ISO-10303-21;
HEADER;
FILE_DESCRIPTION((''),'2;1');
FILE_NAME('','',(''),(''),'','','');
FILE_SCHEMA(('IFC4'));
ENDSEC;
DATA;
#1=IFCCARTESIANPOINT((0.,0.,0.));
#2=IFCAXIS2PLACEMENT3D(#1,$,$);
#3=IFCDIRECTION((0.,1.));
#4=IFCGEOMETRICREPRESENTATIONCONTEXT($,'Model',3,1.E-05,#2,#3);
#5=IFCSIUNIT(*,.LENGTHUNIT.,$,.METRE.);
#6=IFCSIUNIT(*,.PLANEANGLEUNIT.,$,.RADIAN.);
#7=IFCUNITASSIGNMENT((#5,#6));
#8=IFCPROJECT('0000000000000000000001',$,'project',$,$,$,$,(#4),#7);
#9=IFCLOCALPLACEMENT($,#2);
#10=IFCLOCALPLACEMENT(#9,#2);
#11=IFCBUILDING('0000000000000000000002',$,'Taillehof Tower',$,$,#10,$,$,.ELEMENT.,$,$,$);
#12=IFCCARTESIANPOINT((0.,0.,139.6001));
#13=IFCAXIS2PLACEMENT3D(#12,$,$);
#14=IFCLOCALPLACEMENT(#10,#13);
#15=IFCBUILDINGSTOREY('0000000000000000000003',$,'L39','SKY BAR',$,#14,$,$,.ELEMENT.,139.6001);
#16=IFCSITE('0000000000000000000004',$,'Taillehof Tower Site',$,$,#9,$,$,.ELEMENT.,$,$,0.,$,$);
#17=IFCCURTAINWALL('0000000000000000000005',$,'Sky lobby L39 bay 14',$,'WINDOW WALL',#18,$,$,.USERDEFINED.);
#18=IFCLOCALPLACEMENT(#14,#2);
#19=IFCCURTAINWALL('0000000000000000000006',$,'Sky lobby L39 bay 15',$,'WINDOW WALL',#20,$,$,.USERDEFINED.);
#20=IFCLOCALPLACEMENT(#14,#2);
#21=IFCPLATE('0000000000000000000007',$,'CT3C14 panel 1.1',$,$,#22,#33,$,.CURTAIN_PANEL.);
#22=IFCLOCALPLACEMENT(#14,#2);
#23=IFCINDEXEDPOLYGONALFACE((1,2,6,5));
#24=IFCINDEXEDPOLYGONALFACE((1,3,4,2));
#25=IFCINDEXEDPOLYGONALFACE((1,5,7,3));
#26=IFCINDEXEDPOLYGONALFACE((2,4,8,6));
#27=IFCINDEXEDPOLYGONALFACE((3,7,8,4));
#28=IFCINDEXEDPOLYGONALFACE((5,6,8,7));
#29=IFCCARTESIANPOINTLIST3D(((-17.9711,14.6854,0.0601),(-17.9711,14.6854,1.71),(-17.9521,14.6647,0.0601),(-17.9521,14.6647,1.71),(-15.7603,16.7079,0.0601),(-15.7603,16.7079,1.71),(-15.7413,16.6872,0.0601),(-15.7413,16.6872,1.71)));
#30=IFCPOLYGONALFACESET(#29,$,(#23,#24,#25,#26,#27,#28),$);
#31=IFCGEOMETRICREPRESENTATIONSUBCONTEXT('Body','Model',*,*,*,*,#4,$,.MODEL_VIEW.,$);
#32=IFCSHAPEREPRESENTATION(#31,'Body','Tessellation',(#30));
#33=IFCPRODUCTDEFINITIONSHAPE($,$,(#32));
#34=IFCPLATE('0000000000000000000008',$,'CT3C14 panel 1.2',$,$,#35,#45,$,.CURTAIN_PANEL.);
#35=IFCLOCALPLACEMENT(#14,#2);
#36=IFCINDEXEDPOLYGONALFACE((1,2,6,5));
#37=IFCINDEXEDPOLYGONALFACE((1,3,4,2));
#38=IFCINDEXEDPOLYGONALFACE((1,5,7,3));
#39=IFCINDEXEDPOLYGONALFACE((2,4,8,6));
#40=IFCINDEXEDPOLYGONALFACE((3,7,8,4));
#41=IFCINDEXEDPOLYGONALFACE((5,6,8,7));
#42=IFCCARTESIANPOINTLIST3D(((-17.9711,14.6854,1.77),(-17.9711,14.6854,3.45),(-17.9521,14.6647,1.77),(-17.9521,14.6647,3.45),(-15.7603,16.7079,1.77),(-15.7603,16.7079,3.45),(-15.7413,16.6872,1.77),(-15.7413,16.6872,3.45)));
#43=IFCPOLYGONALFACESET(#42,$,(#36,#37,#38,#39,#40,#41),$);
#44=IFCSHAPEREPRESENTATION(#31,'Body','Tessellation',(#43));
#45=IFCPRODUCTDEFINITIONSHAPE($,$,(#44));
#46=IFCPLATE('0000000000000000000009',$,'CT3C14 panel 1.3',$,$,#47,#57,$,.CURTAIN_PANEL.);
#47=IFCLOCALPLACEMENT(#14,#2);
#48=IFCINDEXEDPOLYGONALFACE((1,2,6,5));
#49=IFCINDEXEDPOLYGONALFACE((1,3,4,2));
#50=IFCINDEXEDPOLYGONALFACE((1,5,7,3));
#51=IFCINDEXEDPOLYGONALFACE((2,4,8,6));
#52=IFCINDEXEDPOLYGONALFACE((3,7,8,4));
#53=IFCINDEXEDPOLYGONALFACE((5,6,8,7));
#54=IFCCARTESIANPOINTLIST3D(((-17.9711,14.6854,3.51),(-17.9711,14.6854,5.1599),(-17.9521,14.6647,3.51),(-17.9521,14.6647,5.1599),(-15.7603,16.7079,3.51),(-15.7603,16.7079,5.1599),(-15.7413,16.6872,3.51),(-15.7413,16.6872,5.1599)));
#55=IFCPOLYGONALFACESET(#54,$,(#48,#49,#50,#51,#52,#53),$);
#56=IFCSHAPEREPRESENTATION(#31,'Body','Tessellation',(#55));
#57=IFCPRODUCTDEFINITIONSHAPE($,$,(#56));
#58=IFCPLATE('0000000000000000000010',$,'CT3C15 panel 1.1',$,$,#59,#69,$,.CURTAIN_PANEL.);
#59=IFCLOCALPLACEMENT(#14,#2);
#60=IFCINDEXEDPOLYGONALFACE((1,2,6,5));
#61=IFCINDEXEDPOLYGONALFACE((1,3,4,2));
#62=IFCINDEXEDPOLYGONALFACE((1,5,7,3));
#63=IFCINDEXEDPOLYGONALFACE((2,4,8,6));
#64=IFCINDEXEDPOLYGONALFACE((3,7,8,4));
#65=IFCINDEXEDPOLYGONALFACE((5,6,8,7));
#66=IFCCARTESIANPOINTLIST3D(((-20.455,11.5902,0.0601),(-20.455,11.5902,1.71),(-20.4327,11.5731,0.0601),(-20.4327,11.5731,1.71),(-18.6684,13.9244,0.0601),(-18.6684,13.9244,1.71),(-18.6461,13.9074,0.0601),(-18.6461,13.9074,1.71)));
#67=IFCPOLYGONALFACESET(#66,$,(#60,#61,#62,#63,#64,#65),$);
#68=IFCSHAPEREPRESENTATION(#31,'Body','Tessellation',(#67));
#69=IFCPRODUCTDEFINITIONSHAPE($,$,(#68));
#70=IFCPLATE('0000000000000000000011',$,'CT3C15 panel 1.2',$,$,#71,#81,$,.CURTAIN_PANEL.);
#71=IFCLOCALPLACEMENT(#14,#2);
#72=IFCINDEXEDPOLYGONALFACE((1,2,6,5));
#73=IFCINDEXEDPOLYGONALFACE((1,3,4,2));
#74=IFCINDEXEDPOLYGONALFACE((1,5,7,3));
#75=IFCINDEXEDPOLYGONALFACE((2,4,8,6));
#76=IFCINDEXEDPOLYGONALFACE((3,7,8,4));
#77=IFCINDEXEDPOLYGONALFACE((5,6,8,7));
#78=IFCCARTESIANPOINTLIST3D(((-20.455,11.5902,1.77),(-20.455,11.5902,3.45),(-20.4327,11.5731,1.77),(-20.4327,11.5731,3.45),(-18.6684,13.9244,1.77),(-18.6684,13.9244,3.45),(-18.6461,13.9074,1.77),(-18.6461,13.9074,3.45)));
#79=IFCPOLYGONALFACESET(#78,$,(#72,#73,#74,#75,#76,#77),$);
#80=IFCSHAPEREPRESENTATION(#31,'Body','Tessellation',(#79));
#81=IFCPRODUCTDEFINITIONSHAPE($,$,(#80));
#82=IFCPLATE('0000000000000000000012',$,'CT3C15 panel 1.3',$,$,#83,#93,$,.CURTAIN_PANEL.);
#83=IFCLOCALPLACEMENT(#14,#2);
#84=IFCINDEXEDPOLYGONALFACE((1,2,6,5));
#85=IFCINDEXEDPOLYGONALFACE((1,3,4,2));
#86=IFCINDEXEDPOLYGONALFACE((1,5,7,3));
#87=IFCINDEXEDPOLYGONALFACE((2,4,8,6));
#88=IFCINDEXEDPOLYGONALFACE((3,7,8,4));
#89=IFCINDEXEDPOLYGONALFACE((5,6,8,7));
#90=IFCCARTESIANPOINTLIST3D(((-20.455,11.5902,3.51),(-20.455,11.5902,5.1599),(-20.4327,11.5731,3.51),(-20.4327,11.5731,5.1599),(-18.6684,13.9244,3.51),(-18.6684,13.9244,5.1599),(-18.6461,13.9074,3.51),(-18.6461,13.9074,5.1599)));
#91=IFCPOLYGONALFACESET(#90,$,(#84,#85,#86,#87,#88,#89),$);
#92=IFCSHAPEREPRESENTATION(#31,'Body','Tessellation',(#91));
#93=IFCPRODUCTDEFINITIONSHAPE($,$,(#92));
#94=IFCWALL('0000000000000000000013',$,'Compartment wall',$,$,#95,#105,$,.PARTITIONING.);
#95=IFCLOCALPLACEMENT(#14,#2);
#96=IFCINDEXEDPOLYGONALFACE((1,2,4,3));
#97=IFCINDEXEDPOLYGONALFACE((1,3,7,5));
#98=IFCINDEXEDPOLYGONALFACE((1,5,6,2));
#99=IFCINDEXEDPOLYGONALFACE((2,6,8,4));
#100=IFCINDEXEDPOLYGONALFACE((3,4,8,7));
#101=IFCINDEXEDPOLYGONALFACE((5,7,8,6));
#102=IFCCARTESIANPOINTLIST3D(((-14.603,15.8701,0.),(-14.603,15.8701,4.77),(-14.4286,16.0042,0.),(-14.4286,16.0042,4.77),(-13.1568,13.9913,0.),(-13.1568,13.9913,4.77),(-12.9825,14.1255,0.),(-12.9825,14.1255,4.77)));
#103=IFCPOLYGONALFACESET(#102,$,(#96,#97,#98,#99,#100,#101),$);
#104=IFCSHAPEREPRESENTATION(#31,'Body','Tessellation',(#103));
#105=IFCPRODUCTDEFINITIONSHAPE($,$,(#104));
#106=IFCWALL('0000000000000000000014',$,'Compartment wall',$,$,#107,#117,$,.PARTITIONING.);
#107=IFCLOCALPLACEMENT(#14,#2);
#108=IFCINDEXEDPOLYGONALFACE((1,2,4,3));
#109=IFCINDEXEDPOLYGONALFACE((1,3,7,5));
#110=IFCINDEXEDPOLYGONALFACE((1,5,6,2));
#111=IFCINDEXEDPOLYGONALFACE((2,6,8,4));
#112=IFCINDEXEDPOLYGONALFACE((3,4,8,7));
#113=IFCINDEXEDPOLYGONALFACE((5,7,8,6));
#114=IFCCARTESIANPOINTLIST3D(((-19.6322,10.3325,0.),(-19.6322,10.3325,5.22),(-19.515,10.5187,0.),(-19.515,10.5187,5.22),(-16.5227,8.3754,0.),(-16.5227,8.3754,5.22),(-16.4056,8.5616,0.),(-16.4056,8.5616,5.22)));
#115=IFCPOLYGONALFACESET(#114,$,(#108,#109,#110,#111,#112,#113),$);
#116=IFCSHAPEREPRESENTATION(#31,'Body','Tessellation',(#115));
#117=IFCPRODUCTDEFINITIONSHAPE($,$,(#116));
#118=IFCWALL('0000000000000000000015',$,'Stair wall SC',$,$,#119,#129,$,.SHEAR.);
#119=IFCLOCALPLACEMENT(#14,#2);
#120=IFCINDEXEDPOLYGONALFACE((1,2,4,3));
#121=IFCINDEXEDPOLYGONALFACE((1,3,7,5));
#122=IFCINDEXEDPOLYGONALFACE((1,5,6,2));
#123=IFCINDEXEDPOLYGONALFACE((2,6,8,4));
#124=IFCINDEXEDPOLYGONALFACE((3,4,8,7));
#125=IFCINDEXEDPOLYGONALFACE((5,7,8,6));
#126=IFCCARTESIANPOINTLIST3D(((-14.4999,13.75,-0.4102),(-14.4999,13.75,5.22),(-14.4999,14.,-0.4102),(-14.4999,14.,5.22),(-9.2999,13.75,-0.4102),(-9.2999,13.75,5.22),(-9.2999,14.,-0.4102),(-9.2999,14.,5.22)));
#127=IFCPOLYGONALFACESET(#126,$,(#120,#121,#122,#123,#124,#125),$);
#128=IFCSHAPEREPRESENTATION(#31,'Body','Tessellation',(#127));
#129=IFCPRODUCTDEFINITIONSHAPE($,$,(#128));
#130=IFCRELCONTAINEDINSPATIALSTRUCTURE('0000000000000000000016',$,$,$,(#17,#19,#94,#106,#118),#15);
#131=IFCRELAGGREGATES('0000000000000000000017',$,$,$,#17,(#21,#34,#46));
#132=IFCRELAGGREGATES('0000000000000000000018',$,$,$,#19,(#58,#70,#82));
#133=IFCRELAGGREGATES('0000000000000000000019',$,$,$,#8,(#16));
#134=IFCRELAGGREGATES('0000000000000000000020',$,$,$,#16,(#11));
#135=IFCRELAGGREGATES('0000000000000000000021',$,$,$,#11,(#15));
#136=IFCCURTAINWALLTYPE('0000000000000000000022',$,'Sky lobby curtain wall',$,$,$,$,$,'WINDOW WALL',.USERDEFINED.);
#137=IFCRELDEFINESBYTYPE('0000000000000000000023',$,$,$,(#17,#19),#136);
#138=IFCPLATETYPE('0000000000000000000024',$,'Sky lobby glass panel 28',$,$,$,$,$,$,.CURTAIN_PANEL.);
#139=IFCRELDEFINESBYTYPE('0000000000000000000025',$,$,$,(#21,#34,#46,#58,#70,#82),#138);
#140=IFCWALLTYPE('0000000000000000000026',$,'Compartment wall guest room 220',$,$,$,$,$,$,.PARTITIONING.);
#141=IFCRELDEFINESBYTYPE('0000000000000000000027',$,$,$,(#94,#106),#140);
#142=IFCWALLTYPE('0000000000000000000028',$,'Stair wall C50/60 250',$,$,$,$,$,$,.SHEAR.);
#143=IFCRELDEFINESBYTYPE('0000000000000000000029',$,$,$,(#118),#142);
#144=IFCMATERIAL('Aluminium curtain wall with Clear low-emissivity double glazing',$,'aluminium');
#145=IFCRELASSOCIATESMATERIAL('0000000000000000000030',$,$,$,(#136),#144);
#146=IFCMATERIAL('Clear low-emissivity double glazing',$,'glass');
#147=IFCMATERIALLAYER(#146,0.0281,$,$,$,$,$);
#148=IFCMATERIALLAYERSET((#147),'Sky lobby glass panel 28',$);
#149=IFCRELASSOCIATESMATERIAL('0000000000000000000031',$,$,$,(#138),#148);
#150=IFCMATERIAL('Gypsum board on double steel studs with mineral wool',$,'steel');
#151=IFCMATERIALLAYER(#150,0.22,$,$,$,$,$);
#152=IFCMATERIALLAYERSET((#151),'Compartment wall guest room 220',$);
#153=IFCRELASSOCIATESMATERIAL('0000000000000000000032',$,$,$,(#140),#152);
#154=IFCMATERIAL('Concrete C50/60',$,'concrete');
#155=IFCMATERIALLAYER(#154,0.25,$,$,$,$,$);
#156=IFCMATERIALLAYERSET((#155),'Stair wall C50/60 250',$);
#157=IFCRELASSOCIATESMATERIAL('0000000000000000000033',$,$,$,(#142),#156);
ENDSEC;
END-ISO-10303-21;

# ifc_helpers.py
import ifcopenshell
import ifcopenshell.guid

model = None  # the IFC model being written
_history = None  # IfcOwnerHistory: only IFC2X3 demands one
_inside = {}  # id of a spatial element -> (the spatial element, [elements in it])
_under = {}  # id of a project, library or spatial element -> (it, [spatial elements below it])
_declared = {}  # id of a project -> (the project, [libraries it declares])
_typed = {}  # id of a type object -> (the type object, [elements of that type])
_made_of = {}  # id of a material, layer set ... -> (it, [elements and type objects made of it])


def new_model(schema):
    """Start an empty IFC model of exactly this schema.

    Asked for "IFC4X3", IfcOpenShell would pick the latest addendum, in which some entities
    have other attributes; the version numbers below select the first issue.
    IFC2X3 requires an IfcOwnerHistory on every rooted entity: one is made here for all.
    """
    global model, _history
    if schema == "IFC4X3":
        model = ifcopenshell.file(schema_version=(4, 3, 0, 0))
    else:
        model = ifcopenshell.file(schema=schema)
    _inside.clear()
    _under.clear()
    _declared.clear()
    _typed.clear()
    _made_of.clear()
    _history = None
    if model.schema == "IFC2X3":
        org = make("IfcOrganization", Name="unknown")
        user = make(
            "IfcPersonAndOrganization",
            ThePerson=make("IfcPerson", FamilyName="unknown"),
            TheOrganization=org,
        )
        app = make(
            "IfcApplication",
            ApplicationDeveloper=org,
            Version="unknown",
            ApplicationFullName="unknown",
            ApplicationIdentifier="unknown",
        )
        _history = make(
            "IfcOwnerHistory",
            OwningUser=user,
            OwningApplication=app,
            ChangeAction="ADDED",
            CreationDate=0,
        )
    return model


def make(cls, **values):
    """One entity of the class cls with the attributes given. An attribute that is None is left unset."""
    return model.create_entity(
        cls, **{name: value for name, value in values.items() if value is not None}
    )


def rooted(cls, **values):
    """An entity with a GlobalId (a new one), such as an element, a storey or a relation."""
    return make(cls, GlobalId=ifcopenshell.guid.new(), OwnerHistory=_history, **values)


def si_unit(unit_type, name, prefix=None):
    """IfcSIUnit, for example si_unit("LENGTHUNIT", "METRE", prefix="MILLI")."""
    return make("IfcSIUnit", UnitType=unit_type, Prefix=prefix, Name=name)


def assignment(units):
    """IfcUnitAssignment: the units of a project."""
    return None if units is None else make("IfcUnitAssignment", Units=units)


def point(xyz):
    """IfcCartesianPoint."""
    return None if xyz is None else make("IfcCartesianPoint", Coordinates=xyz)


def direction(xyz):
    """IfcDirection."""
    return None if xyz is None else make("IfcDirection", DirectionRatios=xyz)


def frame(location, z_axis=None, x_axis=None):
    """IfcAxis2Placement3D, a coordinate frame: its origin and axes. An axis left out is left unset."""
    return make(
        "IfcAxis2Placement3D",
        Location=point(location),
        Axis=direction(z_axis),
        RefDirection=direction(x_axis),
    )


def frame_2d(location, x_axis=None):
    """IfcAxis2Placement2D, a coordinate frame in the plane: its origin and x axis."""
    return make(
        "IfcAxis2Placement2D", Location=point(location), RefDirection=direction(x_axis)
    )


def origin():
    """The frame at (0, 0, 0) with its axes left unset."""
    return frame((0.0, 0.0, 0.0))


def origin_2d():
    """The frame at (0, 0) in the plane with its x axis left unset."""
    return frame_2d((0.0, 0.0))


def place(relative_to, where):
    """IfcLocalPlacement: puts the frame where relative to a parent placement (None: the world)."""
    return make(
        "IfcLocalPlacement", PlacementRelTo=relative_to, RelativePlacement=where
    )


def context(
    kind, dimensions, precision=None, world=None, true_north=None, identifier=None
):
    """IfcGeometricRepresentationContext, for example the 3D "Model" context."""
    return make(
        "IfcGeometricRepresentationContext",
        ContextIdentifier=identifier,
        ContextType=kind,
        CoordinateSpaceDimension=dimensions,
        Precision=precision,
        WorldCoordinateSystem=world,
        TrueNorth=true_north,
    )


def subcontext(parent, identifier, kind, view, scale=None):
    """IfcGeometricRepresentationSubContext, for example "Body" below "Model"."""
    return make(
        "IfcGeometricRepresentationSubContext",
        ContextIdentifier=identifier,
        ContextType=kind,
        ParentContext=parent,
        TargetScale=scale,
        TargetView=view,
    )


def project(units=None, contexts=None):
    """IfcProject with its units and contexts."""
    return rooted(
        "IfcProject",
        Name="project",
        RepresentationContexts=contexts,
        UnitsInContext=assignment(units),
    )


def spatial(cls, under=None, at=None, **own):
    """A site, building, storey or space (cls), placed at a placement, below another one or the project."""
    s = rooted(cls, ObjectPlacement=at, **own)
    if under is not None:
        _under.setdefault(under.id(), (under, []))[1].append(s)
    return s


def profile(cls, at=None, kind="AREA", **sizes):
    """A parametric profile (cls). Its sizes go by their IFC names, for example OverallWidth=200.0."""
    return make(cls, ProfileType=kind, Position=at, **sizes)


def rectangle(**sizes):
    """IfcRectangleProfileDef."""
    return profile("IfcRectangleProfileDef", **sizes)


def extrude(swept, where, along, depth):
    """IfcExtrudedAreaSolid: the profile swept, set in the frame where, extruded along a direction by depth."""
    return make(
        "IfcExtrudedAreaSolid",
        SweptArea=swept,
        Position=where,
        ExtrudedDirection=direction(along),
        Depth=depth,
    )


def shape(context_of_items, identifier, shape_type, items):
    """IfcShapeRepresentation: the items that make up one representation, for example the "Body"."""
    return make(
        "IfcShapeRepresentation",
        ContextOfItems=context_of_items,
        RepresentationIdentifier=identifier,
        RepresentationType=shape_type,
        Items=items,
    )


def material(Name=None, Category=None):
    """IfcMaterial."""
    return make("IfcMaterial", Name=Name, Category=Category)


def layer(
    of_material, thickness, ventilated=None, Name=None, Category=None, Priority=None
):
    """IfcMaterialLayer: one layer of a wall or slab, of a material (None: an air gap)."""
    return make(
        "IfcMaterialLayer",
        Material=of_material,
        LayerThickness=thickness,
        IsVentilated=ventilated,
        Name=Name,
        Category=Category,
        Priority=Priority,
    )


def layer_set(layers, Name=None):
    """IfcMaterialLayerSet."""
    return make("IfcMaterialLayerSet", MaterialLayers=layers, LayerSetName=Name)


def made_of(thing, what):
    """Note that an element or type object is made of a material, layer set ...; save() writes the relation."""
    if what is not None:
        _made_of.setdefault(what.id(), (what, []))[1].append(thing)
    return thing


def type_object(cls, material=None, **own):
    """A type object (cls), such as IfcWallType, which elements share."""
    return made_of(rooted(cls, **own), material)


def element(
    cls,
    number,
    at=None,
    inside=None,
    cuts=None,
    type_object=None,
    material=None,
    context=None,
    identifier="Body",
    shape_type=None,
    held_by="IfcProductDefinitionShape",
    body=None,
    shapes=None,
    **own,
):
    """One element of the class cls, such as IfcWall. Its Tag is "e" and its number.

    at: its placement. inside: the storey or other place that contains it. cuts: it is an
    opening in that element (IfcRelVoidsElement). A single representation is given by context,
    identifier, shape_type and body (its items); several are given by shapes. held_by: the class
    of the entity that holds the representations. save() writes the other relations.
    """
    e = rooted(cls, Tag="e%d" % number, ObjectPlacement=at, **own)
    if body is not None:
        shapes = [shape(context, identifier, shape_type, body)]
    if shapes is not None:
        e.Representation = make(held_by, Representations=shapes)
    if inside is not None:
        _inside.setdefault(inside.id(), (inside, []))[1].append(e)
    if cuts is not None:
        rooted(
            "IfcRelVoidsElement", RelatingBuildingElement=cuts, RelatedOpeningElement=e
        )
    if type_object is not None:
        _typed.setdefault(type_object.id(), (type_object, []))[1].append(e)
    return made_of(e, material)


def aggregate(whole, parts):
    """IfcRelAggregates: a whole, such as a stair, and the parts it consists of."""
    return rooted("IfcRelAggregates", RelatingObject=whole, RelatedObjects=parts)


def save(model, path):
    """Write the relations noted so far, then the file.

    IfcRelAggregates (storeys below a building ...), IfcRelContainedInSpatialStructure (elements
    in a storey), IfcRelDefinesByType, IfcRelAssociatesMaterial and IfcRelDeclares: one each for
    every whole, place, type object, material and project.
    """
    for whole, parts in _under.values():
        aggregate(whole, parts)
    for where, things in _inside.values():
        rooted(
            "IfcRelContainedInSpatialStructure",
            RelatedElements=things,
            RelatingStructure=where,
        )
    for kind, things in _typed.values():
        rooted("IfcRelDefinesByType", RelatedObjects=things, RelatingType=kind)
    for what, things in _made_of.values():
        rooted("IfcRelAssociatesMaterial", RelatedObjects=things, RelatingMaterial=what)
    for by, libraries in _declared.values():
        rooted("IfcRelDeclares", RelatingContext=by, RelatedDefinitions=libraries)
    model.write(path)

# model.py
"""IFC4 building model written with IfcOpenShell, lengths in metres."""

from ifc_helpers import new_model, si_unit, direction, frame, frame_2d, origin, origin_2d, place, context, subcontext, project, spatial, rectangle, extrude, material, layer, layer_set, type_object, element, aggregate, save


model = new_model("IFC4")

# Units and contexts
model_context = context("Model", 3, precision=1e-05, world=origin(), true_north=direction((0.0, 1.0)))
body_context = subcontext(model_context, "Body", "Model", "MODEL_VIEW")
ifc_project = project(units=[si_unit("LENGTHUNIT", "METRE"), si_unit("PLANEANGLEUNIT", "RADIAN")], contexts=[model_context])

# Site, building, storey
site_placement = place(None, origin())
site = spatial("IfcSite", under=ifc_project, at=site_placement, Name="Taillehof Tower Site", CompositionType="ELEMENT", RefElevation=0.0)
building_placement = place(site_placement, origin())
building = spatial("IfcBuilding", under=site, at=building_placement, Name="Taillehof Tower", CompositionType="ELEMENT")
storey_placement = place(building_placement, frame((0.0, 0.0, 139.6001)))
storey = spatial("IfcBuildingStorey", under=building, at=storey_placement, Name="L39", Description="SKY BAR", CompositionType="ELEMENT", Elevation=139.6001)

# Shared definitions
ifc_material_1 = material(Name="Aluminium curtain wall with Clear low-emissivity double glazing", Category="aluminium")
curtain_wall_type = type_object("IfcCurtainWallType", Name="Sky lobby curtain wall", ElementType="WINDOW WALL", PredefinedType="USERDEFINED", material=ifc_material_1)

# Curtain walls
curtain_wall_1_placement = place(storey_placement, origin())
curtain_wall_1 = element("IfcCurtainWall", 1, at=curtain_wall_1_placement, inside=storey, type_object=curtain_wall_type, Name="Sky lobby L39 bay 14", ObjectType="WINDOW WALL", PredefinedType="USERDEFINED")
curtain_wall_2_placement = place(storey_placement, origin())
curtain_wall_2 = element("IfcCurtainWall", 2, at=curtain_wall_2_placement, inside=storey, type_object=curtain_wall_type, Name="Sky lobby L39 bay 15", ObjectType="WINDOW WALL", PredefinedType="USERDEFINED")

# Plates
ifc_material_2 = material(Name="Clear low-emissivity double glazing", Category="glass")
ifc_layer_1 = layer(ifc_material_2, 0.0281)
ifc_layer_set_1 = layer_set([ifc_layer_1], Name="Sky lobby glass panel 28")
plate_type = type_object("IfcPlateType", Name="Sky lobby glass panel 28", PredefinedType="CURTAIN_PANEL", material=ifc_layer_set_1)
plate_1_placement = place(storey_placement, frame((-16.8562, 15.6863, 0.0601), z_axis=(0.0, 0.0, 1.0), x_axis=(-0.737827, -0.67499, 0.0)))
plate_1 = element("IfcPlate", 3, at=plate_1_placement, type_object=plate_type, Name="CT3C14 panel 1.1", PredefinedType="CURTAIN_PANEL", context=body_context, shape_type="SweptSolid", body=[
    extrude(rectangle(XDim=2.9963, YDim=0.0281, at=origin_2d()), origin(), (0.0, 0.0, 1.0), 1.6499),
])
plate_2_placement = place(storey_placement, frame((-16.8562, 15.6863, 1.77), z_axis=(0.0, 0.0, 1.0), x_axis=(-0.737827, -0.67499, 0.0)))
plate_2 = element("IfcPlate", 4, at=plate_2_placement, type_object=plate_type, Name="CT3C14 panel 1.2", PredefinedType="CURTAIN_PANEL", context=body_context, shape_type="SweptSolid", body=[
    extrude(rectangle(XDim=2.9963, YDim=0.0281, at=origin_2d()), origin(), (0.0, 0.0, 1.0), 1.6799),
])
plate_3_placement = place(storey_placement, frame((-16.8562, 15.6863, 3.51), z_axis=(0.0, 0.0, 1.0), x_axis=(-0.737827, -0.67499, 0.0)))
plate_3 = element("IfcPlate", 5, at=plate_3_placement, type_object=plate_type, Name="CT3C14 panel 1.3", PredefinedType="CURTAIN_PANEL", context=body_context, shape_type="SweptSolid", body=[
    extrude(rectangle(XDim=2.9963, YDim=0.0281, at=origin_2d()), origin(), (0.0, 0.0, 1.0), 1.6499),
])
aggregate(curtain_wall_1, [plate_1, plate_2, plate_3])
plate_4_placement = place(storey_placement, frame((-19.5505, 12.7488, 0.0601), z_axis=(0.0, 0.0, 1.0), x_axis=(-0.607791, -0.794097, 0.0)))
plate_4 = element("IfcPlate", 6, at=plate_4_placement, type_object=plate_type, Name="CT3C15 panel 1.1", PredefinedType="CURTAIN_PANEL", context=body_context, shape_type="SweptSolid", body=[
    extrude(rectangle(XDim=2.9395, YDim=0.0281, at=origin_2d()), origin(), (0.0, 0.0, 1.0), 1.6499),
])
plate_5_placement = place(storey_placement, frame((-19.5505, 12.7488, 1.77), z_axis=(0.0, 0.0, 1.0), x_axis=(-0.607791, -0.794097, 0.0)))
plate_5 = element("IfcPlate", 7, at=plate_5_placement, type_object=plate_type, Name="CT3C15 panel 1.2", PredefinedType="CURTAIN_PANEL", context=body_context, shape_type="SweptSolid", body=[
    extrude(rectangle(XDim=2.9395, YDim=0.0281, at=origin_2d()), origin(), (0.0, 0.0, 1.0), 1.6799),
])
plate_6_placement = place(storey_placement, frame((-19.5505, 12.7488, 3.51), z_axis=(0.0, 0.0, 1.0), x_axis=(-0.607791, -0.794097, 0.0)))
plate_6 = element("IfcPlate", 8, at=plate_6_placement, type_object=plate_type, Name="CT3C15 panel 1.3", PredefinedType="CURTAIN_PANEL", context=body_context, shape_type="SweptSolid", body=[
    extrude(rectangle(XDim=2.9395, YDim=0.0281, at=origin_2d()), origin(), (0.0, 0.0, 1.0), 1.6499),
])
aggregate(curtain_wall_2, [plate_4, plate_5, plate_6])

# Walls
ifc_material_3 = material(Name="Gypsum board on double steel studs with mineral wool", Category="steel")
ifc_layer_2 = layer(ifc_material_3, 0.22)
ifc_layer_set_2 = layer_set([ifc_layer_2], Name="Compartment wall guest room 220")
wall_type_1 = type_object("IfcWallType", Name="Compartment wall guest room 220", PredefinedType="PARTITIONING", material=ifc_layer_set_2)
wall_1_placement = place(storey_placement, frame((-14.5159, 15.9373, 0.0), z_axis=(0.0, 0.0, 1.0), x_axis=(0.609955, -0.792436, 0.0)))
element("IfcWall", 9, at=wall_1_placement, inside=storey, type_object=wall_type_1, Name="Compartment wall", PredefinedType="PARTITIONING", context=body_context, shape_type="SweptSolid", body=[
    extrude(rectangle(XDim=2.3708, YDim=0.22, at=frame_2d((1.1855, 0.0))), origin(), (0.0, 0.0, 1.0), 4.77),
])
wall_2_placement = place(storey_placement, frame((-19.5735, 10.4255, 0.0), z_axis=(0.0, 0.0, 1.0), x_axis=(0.846322, -0.532672, 0.0)))
element("IfcWall", 10, at=wall_2_placement, inside=storey, type_object=wall_type_1, Name="Compartment wall", PredefinedType="PARTITIONING", context=body_context, shape_type="SweptSolid", body=[
    extrude(rectangle(XDim=3.6741, YDim=0.22, at=frame_2d((1.8369, 0.0))), origin(), (0.0, 0.0, 1.0), 5.22),
])
ifc_material_4 = material(Name="Concrete C50/60", Category="concrete")
ifc_layer_3 = layer(ifc_material_4, 0.25)
ifc_layer_set_3 = layer_set([ifc_layer_3], Name="Stair wall C50/60 250")
wall_type_2 = type_object("IfcWallType", Name="Stair wall C50/60 250", PredefinedType="SHEAR", material=ifc_layer_set_3)
wall_3_placement = place(storey_placement, frame((-14.5, 13.875, -0.4102), z_axis=(0.0, 0.0, 1.0), x_axis=(1.0, 0.0, 0.0)))
element("IfcWall", 11, at=wall_3_placement, inside=storey, type_object=wall_type_2, Name="Stair wall SC", PredefinedType="SHEAR", context=body_context, shape_type="SweptSolid", body=[
    extrude(rectangle(XDim=5.2, YDim=0.25, at=frame_2d((2.6001, 0.0))), origin(), (0.0, 0.0, 1.0), 5.6301),
])

save(model, "model.ifc")
